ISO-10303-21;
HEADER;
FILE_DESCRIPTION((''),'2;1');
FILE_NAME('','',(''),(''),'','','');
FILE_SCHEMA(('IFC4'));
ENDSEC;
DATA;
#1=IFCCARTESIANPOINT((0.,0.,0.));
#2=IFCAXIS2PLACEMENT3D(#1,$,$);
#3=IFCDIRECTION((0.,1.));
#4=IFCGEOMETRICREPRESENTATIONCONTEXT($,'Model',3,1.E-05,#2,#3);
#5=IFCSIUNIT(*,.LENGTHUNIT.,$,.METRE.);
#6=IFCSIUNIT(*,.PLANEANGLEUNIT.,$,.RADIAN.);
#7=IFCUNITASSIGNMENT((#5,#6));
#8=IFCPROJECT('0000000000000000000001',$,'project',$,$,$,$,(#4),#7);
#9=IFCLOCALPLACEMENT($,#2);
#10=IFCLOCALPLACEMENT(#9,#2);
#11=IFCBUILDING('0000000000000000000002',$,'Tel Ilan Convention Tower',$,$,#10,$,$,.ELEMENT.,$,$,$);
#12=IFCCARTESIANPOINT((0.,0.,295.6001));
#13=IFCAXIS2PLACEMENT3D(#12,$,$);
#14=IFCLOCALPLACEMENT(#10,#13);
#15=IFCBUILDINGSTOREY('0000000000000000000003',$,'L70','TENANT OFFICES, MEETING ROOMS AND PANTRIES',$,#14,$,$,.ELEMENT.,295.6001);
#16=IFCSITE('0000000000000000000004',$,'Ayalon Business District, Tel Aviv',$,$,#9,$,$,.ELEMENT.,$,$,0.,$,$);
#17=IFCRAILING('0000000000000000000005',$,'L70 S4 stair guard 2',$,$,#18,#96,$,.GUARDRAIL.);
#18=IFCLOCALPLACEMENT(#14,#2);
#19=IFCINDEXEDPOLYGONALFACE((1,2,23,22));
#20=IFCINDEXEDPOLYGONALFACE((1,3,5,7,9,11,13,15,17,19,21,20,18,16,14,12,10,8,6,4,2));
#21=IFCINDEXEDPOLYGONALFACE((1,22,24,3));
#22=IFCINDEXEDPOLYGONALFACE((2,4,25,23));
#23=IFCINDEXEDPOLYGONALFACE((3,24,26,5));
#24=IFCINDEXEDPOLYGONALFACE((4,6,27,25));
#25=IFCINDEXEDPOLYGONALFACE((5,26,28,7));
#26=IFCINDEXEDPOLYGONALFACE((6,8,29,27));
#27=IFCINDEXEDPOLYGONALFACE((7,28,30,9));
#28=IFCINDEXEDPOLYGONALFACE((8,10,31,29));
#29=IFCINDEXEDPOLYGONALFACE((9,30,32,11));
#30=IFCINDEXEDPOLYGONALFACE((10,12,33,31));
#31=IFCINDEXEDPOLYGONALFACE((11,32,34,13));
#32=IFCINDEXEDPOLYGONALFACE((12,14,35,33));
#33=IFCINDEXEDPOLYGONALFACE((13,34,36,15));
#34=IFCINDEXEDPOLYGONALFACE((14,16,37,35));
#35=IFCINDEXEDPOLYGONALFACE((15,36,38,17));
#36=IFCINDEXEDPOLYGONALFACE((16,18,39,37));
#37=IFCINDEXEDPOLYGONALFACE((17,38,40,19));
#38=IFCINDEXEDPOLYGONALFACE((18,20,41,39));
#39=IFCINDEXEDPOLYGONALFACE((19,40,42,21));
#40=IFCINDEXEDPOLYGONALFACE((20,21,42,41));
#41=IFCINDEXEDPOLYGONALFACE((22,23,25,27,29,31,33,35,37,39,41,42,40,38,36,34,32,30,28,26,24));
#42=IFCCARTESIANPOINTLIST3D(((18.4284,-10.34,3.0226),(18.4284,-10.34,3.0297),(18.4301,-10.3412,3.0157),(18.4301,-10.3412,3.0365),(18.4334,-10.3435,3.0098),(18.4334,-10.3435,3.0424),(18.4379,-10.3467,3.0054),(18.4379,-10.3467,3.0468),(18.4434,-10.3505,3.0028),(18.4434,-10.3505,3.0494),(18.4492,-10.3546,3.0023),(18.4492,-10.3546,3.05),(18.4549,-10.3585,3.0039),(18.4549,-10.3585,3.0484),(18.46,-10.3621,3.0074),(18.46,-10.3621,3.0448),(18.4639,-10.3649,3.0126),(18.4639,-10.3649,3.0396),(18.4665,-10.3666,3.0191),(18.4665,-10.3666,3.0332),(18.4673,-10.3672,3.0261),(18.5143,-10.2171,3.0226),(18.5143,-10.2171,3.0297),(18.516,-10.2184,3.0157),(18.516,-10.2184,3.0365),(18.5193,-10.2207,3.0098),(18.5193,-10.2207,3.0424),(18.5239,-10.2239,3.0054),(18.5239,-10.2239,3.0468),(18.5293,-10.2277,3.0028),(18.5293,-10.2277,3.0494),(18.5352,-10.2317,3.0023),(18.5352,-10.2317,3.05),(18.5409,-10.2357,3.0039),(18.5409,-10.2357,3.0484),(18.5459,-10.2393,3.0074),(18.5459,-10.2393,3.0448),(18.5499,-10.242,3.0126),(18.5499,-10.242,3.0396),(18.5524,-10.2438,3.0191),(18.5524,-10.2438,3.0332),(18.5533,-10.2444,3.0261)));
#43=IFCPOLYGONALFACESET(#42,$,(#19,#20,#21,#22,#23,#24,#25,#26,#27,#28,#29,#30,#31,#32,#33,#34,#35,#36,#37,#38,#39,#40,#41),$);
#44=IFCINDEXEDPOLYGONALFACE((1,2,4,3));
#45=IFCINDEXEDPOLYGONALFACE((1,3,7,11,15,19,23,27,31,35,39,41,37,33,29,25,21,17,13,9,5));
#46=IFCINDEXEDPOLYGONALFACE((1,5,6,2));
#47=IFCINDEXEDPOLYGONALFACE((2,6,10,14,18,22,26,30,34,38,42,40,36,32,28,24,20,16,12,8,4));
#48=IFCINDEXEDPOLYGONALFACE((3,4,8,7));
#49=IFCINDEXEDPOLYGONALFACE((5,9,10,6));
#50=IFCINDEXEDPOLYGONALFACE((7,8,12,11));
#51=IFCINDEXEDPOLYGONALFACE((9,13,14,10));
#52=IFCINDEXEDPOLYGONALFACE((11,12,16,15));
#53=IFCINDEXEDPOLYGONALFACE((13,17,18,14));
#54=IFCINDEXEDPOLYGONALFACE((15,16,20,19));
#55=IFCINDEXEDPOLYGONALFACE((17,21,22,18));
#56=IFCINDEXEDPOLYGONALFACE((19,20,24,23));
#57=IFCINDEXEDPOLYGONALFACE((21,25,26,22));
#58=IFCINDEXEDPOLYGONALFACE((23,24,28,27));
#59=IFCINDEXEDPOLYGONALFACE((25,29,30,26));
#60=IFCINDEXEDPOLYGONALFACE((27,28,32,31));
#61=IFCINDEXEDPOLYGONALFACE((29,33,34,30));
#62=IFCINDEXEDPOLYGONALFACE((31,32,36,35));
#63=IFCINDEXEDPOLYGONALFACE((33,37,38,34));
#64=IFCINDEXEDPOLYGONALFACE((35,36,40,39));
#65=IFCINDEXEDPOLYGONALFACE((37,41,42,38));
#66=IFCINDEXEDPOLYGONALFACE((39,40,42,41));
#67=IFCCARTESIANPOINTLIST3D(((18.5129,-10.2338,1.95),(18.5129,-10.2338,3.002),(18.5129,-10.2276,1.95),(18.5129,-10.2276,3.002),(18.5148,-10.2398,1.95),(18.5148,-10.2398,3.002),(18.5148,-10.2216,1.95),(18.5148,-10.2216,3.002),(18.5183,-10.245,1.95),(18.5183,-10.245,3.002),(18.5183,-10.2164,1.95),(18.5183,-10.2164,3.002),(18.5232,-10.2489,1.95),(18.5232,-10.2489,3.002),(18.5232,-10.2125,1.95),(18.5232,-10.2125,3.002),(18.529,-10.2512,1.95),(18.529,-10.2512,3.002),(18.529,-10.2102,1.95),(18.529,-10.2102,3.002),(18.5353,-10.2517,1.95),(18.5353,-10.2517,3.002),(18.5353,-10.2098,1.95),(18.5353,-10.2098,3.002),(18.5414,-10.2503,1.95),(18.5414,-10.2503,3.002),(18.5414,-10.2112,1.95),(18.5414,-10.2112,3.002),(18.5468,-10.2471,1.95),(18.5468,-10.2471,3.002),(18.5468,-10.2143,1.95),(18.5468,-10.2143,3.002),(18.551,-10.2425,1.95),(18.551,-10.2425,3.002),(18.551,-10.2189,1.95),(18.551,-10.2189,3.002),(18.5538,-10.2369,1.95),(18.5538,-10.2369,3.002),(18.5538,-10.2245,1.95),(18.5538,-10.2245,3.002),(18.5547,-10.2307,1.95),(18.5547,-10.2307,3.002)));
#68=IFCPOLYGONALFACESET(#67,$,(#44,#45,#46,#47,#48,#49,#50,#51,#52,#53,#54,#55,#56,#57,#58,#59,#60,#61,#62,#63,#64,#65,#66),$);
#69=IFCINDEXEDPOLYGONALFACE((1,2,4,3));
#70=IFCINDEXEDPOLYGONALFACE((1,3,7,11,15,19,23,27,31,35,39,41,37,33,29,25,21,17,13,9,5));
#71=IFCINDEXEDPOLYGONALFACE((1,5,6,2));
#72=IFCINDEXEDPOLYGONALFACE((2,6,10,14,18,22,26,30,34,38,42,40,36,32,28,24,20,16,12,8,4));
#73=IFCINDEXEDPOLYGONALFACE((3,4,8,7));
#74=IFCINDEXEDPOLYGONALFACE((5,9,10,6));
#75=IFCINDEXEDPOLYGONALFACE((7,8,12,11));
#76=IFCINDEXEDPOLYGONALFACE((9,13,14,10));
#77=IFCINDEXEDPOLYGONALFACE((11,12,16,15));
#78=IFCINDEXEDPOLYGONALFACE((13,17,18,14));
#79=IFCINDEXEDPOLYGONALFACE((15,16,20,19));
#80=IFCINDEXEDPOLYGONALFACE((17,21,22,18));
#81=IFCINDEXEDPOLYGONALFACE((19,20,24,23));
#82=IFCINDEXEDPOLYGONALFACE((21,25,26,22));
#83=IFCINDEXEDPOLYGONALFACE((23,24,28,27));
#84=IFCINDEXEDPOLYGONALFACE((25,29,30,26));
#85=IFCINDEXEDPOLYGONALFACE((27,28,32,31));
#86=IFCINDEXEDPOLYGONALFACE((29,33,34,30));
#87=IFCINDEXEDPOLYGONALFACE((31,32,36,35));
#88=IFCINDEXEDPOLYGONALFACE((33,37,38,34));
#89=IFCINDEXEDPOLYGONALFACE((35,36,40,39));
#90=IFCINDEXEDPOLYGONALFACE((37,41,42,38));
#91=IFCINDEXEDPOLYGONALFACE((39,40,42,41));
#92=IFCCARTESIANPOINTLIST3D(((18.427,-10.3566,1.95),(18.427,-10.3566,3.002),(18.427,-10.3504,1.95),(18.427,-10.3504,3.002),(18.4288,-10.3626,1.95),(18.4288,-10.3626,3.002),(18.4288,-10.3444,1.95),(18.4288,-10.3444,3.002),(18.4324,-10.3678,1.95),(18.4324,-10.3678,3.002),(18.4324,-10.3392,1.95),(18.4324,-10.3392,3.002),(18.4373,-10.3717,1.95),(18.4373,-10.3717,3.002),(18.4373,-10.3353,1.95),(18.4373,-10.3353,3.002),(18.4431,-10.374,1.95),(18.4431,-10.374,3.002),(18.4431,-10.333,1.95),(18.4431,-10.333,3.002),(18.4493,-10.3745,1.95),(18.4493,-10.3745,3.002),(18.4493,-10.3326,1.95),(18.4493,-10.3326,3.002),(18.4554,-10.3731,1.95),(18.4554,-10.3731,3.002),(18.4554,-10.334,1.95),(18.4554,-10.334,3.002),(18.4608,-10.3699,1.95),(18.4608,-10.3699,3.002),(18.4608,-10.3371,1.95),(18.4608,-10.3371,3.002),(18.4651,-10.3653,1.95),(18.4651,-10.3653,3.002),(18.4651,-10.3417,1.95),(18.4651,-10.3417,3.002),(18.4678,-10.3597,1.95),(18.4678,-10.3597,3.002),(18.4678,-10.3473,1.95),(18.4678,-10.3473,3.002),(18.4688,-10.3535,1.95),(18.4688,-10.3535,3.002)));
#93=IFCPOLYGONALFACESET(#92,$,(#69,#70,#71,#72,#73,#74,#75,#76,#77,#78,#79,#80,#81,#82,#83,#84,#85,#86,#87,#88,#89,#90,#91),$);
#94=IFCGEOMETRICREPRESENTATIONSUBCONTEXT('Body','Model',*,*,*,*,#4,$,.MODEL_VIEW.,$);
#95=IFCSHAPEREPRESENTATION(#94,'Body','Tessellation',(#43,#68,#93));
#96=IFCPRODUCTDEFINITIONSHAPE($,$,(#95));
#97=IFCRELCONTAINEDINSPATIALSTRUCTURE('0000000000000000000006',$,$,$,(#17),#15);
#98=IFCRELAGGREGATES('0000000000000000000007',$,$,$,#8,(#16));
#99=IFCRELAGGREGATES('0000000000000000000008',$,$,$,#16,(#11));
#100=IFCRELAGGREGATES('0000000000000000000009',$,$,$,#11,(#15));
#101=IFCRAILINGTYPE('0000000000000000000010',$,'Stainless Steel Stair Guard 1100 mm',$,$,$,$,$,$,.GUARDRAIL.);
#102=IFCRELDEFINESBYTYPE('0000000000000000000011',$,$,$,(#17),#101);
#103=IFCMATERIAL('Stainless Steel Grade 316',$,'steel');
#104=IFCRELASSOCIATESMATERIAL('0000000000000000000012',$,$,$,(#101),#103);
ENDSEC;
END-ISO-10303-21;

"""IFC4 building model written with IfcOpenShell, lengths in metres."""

from ifc_helpers import new_model, si_unit, direction, frame, origin, origin_2d, place, context, subcontext, project, spatial, circle, extrude, material, type_object, element, save


model = new_model("IFC4")

# Units and contexts
model_context = context("Model", 3, precision=1e-05, world=origin(), true_north=direction((0.0, 1.0)))
body_context = subcontext(model_context, "Body", "Model", "MODEL_VIEW")
ifc_project = project(units=[si_unit("LENGTHUNIT", "METRE"), si_unit("PLANEANGLEUNIT", "RADIAN")], contexts=[model_context])

# Site, building, storey
site_placement = place(None, origin())
site = spatial("IfcSite", under=ifc_project, at=site_placement, Name="Ayalon Business District, Tel Aviv", CompositionType="ELEMENT", RefElevation=0.0)
building_placement = place(site_placement, origin())
building = spatial("IfcBuilding", under=site, at=building_placement, Name="Tel Ilan Convention Tower", CompositionType="ELEMENT")
storey_placement = place(building_placement, frame((0.0, 0.0, 295.6001)))
storey = spatial("IfcBuildingStorey", under=building, at=storey_placement, Name="L70", Description="TENANT OFFICES, MEETING ROOMS AND PANTRIES", CompositionType="ELEMENT", Elevation=295.6001)

# Railing
ifc_material_1 = material(Name="Stainless Steel Grade 316", Category="steel")
railing_type_1 = type_object("IfcRailingType", Name="Stainless Steel Stair Guard 1100 mm", PredefinedType="GUARDRAIL", material=ifc_material_1)
railing_1_placement = place(storey_placement, frame((18.5337, -10.2307, 1.95)))
element("IfcRailing", 1, at=railing_1_placement, inside=storey, type_object=railing_type_1, Name="L70 S4 stair guard 2", PredefinedType="GUARDRAIL", context=body_context, shape_type="SweptSolid", body=[
    extrude(circle(Radius=0.0239, at=origin_2d()), frame((0.0, 0.0, 1.0762), z_axis=(-0.573353, -0.819308, 0.0), x_axis=(0.819308, -0.573353, 0.0)), (0.0, 0.0, 1.0), 0.1499),
    extrude(circle(Radius=0.021, at=origin_2d()), origin(), (0.0, 0.0, 1.0), 1.052),
    extrude(circle(Radius=0.021, at=origin_2d()), frame((-0.0859, -0.1228, 0.0)), (0.0, 0.0, 1.0), 1.052),
])

save(model, "model.ifc")
